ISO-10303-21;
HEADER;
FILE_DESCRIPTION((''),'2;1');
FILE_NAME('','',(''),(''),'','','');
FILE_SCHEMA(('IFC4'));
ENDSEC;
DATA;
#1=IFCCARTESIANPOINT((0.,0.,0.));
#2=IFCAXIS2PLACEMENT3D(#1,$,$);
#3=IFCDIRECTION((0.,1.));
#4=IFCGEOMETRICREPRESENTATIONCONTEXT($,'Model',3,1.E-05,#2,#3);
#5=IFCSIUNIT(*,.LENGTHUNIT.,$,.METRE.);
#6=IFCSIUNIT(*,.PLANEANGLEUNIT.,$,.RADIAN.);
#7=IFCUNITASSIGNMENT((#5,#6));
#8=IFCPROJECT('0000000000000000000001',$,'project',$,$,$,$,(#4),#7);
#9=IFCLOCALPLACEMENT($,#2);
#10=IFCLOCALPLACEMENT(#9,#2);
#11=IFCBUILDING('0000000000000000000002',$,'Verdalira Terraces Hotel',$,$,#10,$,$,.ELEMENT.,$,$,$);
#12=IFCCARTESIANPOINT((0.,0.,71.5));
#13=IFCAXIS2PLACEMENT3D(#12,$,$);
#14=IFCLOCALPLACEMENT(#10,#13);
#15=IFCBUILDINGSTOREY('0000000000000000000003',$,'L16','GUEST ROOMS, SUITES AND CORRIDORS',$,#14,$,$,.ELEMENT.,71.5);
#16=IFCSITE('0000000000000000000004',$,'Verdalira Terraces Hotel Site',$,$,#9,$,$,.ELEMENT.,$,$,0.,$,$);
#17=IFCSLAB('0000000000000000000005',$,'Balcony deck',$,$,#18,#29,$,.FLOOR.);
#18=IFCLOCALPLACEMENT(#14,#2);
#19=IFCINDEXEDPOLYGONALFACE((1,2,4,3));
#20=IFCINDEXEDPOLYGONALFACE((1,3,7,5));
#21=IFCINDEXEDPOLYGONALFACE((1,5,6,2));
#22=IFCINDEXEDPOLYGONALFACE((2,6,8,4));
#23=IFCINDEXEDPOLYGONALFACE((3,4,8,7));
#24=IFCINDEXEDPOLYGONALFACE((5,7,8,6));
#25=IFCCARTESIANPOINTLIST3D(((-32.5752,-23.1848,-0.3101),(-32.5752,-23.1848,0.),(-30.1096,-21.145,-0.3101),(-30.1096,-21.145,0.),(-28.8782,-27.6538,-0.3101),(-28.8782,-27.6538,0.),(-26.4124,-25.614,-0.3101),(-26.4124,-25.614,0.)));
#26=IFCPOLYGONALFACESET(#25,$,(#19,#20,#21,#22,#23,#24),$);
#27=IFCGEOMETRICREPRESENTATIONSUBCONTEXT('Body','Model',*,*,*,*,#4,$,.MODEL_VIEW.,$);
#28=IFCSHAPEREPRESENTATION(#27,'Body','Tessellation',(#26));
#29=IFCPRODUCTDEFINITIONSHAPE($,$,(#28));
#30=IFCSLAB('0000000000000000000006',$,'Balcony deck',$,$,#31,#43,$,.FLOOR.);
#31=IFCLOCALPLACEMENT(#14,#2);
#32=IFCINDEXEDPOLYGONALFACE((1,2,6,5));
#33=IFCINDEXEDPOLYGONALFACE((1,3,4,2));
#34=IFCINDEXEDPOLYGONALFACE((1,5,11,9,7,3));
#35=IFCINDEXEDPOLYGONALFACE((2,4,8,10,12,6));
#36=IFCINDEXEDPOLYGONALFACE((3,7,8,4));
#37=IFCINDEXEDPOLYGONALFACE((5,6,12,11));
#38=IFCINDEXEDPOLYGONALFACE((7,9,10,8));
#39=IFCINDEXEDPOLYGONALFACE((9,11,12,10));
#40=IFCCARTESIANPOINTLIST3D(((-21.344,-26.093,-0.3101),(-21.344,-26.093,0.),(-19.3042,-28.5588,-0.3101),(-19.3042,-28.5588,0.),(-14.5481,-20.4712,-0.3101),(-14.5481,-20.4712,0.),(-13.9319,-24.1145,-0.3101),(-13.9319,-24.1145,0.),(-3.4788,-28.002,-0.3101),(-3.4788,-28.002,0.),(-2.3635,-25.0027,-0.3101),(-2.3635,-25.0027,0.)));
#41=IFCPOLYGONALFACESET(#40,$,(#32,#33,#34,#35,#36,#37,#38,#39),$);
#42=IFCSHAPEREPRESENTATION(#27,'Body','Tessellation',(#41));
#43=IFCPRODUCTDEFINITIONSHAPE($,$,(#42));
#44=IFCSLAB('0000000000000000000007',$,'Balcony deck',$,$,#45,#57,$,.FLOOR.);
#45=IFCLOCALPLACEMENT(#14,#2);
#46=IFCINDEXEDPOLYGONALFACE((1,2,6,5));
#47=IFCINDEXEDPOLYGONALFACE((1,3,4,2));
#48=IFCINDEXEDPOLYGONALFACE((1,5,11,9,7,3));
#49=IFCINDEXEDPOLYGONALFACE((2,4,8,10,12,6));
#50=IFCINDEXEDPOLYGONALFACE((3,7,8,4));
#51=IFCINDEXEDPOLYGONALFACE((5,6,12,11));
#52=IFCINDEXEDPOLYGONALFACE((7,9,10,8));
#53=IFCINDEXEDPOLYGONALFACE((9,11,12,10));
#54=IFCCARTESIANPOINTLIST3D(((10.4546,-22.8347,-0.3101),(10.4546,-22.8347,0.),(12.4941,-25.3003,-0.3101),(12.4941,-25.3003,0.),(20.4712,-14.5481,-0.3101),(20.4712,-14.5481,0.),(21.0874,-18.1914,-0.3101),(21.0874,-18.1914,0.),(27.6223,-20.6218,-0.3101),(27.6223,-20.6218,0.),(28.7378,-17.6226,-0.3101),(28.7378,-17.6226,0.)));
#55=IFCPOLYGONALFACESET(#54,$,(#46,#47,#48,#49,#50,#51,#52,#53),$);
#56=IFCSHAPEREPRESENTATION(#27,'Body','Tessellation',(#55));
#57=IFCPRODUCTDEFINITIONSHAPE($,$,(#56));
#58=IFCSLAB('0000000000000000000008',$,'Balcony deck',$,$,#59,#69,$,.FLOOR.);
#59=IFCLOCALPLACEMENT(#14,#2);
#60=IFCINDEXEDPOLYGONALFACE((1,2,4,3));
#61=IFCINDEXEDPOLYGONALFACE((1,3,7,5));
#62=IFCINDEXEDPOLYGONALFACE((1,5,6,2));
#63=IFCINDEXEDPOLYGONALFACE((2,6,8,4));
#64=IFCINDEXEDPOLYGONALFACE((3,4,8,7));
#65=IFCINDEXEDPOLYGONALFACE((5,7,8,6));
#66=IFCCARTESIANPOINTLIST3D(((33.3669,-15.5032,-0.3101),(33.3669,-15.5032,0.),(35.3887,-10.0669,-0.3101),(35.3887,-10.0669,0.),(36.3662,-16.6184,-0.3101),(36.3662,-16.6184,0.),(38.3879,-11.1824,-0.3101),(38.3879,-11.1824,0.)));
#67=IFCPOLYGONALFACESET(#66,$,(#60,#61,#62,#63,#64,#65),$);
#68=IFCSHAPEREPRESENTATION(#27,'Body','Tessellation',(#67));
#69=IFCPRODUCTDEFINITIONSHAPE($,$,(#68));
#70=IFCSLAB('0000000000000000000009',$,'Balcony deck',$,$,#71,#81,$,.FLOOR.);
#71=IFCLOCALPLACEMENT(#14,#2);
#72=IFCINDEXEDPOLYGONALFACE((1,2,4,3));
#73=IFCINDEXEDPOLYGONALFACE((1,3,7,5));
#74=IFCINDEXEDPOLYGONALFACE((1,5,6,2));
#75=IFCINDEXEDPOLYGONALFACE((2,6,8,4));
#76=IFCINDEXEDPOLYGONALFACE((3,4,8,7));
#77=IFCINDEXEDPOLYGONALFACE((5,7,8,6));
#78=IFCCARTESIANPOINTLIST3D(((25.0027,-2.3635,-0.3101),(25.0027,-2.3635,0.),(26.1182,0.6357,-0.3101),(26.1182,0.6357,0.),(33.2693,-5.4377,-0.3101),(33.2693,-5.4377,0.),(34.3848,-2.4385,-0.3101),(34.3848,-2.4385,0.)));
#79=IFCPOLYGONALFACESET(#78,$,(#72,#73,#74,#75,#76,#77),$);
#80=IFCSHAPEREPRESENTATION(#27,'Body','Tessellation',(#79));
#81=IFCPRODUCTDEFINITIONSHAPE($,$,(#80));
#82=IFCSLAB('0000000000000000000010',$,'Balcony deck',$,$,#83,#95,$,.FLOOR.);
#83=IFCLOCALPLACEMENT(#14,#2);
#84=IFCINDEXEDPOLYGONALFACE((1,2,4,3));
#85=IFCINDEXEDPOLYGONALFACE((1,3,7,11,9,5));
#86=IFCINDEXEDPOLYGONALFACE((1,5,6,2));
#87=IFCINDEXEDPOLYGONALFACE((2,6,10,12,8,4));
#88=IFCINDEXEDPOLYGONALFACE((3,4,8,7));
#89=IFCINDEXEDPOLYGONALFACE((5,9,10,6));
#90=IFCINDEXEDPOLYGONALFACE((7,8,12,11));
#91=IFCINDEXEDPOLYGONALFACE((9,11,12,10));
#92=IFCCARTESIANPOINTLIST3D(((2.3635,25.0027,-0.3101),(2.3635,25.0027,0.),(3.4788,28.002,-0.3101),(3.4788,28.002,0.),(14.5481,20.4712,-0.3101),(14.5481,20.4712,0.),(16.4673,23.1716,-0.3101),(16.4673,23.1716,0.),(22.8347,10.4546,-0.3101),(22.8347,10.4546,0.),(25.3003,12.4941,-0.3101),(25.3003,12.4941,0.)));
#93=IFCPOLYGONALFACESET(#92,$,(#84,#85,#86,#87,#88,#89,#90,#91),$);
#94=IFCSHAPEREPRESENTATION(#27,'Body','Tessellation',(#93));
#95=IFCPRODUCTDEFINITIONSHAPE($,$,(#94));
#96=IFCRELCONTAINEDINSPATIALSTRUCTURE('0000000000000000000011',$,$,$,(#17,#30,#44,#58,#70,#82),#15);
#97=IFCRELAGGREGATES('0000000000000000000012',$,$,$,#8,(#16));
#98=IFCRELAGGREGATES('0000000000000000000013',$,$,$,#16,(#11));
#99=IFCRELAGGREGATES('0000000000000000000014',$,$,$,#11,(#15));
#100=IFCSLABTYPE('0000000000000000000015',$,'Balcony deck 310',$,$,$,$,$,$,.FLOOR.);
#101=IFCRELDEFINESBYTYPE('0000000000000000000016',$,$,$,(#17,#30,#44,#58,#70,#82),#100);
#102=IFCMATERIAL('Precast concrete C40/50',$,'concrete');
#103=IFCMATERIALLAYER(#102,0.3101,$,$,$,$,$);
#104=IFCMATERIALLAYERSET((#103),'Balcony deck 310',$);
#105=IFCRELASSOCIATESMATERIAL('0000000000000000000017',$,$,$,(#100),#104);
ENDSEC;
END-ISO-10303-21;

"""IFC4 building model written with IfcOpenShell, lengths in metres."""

from ifc_helpers import new_model, si_unit, direction, frame, origin, place, context, subcontext, project, spatial, polyline, outline, extrude, material, layer, layer_set, type_object, element, save


model = new_model("IFC4")

# Units and contexts
model_context = context("Model", 3, precision=1e-05, world=origin(), true_north=direction((0.0, 1.0)))
body_context = subcontext(model_context, "Body", "Model", "MODEL_VIEW")
ifc_project = project(units=[si_unit("LENGTHUNIT", "METRE"), si_unit("PLANEANGLEUNIT", "RADIAN")], contexts=[model_context])

# Site, building, storey
site_placement = place(None, origin())
site = spatial("IfcSite", under=ifc_project, at=site_placement, Name="Verdalira Terraces Hotel Site", CompositionType="ELEMENT", RefElevation=0.0)
building_placement = place(site_placement, origin())
building = spatial("IfcBuilding", under=site, at=building_placement, Name="Verdalira Terraces Hotel", CompositionType="ELEMENT")
storey_placement = place(building_placement, frame((0.0, 0.0, 71.5)))
storey = spatial("IfcBuildingStorey", under=building, at=storey_placement, Name="L16", Description="GUEST ROOMS, SUITES AND CORRIDORS", CompositionType="ELEMENT", Elevation=71.5)

# Slabs
ifc_material_1 = material(Name="Precast concrete C40/50", Category="concrete")
ifc_layer_1 = layer(ifc_material_1, 0.3101)
ifc_layer_set_1 = layer_set([ifc_layer_1], Name="Balcony deck 310")
slab_type_1 = type_object("IfcSlabType", Name="Balcony deck 310", PredefinedType="FLOOR", material=ifc_layer_set_1)
slab_1_placement = place(storey_placement, frame((0.0, 0.0, -0.3101)))
element("IfcSlab", 1, at=slab_1_placement, inside=storey, type_object=slab_type_1, Name="Balcony deck", PredefinedType="FLOOR", context=body_context, shape_type="SweptSolid", body=[
    extrude(outline(polyline([(-28.8782, -27.6538), (-26.4124, -25.614), (-30.1096, -21.145), (-32.5752, -23.1848), (-28.8782, -27.6538)])), origin(), (0.0, 0.0, 1.0), 0.3101),
])
slab_2_placement = place(storey_placement, frame((0.0, 0.0, -0.3101)))
element("IfcSlab", 2, at=slab_2_placement, inside=storey, type_object=slab_type_1, Name="Balcony deck", PredefinedType="FLOOR", context=body_context, shape_type="SweptSolid", body=[
    extrude(outline(polyline([(-3.4788, -28.002), (-2.3635, -25.0027), (-14.5481, -20.4712), (-21.344, -26.093), (-19.3042, -28.5588), (-13.9319, -24.1145), (-3.4788, -28.002)])), origin(), (0.0, 0.0, 1.0), 0.3101),
])
slab_3_placement = place(storey_placement, frame((0.0, 0.0, -0.3101)))
element("IfcSlab", 3, at=slab_3_placement, inside=storey, type_object=slab_type_1, Name="Balcony deck", PredefinedType="FLOOR", context=body_context, shape_type="SweptSolid", body=[
    extrude(outline(polyline([(27.6223, -20.6218), (28.7378, -17.6226), (20.4712, -14.5481), (10.4546, -22.8347), (12.4941, -25.3003), (21.0874, -18.1914), (27.6223, -20.6218)])), origin(), (0.0, 0.0, 1.0), 0.3101),
])
slab_4_placement = place(storey_placement, frame((0.0, 0.0, -0.3101)))
element("IfcSlab", 4, at=slab_4_placement, inside=storey, type_object=slab_type_1, Name="Balcony deck", PredefinedType="FLOOR", context=body_context, shape_type="SweptSolid", body=[
    extrude(outline(polyline([(38.3879, -11.1824), (35.3887, -10.0669), (33.3669, -15.5032), (36.3662, -16.6184), (38.3879, -11.1824)])), origin(), (0.0, 0.0, 1.0), 0.3101),
])
slab_5_placement = place(storey_placement, frame((0.0, 0.0, -0.3101)))
element("IfcSlab", 5, at=slab_5_placement, inside=storey, type_object=slab_type_1, Name="Balcony deck", PredefinedType="FLOOR", context=body_context, shape_type="SweptSolid", body=[
    extrude(outline(polyline([(26.1182, 0.6357), (25.0027, -2.3635), (33.2693, -5.4377), (34.3848, -2.4385), (26.1182, 0.6357)])), origin(), (0.0, 0.0, 1.0), 0.3101),
])
slab_6_placement = place(storey_placement, frame((0.0, 0.0, -0.3101)))
element("IfcSlab", 6, at=slab_6_placement, inside=storey, type_object=slab_type_1, Name="Balcony deck", PredefinedType="FLOOR", context=body_context, shape_type="SweptSolid", body=[
    extrude(outline(polyline([(3.4788, 28.002), (2.3635, 25.0027), (14.5481, 20.4712), (22.8347, 10.4546), (25.3003, 12.4941), (16.4673, 23.1716), (3.4788, 28.002)])), origin(), (0.0, 0.0, 1.0), 0.3101),
])

save(model, "model.ifc")
